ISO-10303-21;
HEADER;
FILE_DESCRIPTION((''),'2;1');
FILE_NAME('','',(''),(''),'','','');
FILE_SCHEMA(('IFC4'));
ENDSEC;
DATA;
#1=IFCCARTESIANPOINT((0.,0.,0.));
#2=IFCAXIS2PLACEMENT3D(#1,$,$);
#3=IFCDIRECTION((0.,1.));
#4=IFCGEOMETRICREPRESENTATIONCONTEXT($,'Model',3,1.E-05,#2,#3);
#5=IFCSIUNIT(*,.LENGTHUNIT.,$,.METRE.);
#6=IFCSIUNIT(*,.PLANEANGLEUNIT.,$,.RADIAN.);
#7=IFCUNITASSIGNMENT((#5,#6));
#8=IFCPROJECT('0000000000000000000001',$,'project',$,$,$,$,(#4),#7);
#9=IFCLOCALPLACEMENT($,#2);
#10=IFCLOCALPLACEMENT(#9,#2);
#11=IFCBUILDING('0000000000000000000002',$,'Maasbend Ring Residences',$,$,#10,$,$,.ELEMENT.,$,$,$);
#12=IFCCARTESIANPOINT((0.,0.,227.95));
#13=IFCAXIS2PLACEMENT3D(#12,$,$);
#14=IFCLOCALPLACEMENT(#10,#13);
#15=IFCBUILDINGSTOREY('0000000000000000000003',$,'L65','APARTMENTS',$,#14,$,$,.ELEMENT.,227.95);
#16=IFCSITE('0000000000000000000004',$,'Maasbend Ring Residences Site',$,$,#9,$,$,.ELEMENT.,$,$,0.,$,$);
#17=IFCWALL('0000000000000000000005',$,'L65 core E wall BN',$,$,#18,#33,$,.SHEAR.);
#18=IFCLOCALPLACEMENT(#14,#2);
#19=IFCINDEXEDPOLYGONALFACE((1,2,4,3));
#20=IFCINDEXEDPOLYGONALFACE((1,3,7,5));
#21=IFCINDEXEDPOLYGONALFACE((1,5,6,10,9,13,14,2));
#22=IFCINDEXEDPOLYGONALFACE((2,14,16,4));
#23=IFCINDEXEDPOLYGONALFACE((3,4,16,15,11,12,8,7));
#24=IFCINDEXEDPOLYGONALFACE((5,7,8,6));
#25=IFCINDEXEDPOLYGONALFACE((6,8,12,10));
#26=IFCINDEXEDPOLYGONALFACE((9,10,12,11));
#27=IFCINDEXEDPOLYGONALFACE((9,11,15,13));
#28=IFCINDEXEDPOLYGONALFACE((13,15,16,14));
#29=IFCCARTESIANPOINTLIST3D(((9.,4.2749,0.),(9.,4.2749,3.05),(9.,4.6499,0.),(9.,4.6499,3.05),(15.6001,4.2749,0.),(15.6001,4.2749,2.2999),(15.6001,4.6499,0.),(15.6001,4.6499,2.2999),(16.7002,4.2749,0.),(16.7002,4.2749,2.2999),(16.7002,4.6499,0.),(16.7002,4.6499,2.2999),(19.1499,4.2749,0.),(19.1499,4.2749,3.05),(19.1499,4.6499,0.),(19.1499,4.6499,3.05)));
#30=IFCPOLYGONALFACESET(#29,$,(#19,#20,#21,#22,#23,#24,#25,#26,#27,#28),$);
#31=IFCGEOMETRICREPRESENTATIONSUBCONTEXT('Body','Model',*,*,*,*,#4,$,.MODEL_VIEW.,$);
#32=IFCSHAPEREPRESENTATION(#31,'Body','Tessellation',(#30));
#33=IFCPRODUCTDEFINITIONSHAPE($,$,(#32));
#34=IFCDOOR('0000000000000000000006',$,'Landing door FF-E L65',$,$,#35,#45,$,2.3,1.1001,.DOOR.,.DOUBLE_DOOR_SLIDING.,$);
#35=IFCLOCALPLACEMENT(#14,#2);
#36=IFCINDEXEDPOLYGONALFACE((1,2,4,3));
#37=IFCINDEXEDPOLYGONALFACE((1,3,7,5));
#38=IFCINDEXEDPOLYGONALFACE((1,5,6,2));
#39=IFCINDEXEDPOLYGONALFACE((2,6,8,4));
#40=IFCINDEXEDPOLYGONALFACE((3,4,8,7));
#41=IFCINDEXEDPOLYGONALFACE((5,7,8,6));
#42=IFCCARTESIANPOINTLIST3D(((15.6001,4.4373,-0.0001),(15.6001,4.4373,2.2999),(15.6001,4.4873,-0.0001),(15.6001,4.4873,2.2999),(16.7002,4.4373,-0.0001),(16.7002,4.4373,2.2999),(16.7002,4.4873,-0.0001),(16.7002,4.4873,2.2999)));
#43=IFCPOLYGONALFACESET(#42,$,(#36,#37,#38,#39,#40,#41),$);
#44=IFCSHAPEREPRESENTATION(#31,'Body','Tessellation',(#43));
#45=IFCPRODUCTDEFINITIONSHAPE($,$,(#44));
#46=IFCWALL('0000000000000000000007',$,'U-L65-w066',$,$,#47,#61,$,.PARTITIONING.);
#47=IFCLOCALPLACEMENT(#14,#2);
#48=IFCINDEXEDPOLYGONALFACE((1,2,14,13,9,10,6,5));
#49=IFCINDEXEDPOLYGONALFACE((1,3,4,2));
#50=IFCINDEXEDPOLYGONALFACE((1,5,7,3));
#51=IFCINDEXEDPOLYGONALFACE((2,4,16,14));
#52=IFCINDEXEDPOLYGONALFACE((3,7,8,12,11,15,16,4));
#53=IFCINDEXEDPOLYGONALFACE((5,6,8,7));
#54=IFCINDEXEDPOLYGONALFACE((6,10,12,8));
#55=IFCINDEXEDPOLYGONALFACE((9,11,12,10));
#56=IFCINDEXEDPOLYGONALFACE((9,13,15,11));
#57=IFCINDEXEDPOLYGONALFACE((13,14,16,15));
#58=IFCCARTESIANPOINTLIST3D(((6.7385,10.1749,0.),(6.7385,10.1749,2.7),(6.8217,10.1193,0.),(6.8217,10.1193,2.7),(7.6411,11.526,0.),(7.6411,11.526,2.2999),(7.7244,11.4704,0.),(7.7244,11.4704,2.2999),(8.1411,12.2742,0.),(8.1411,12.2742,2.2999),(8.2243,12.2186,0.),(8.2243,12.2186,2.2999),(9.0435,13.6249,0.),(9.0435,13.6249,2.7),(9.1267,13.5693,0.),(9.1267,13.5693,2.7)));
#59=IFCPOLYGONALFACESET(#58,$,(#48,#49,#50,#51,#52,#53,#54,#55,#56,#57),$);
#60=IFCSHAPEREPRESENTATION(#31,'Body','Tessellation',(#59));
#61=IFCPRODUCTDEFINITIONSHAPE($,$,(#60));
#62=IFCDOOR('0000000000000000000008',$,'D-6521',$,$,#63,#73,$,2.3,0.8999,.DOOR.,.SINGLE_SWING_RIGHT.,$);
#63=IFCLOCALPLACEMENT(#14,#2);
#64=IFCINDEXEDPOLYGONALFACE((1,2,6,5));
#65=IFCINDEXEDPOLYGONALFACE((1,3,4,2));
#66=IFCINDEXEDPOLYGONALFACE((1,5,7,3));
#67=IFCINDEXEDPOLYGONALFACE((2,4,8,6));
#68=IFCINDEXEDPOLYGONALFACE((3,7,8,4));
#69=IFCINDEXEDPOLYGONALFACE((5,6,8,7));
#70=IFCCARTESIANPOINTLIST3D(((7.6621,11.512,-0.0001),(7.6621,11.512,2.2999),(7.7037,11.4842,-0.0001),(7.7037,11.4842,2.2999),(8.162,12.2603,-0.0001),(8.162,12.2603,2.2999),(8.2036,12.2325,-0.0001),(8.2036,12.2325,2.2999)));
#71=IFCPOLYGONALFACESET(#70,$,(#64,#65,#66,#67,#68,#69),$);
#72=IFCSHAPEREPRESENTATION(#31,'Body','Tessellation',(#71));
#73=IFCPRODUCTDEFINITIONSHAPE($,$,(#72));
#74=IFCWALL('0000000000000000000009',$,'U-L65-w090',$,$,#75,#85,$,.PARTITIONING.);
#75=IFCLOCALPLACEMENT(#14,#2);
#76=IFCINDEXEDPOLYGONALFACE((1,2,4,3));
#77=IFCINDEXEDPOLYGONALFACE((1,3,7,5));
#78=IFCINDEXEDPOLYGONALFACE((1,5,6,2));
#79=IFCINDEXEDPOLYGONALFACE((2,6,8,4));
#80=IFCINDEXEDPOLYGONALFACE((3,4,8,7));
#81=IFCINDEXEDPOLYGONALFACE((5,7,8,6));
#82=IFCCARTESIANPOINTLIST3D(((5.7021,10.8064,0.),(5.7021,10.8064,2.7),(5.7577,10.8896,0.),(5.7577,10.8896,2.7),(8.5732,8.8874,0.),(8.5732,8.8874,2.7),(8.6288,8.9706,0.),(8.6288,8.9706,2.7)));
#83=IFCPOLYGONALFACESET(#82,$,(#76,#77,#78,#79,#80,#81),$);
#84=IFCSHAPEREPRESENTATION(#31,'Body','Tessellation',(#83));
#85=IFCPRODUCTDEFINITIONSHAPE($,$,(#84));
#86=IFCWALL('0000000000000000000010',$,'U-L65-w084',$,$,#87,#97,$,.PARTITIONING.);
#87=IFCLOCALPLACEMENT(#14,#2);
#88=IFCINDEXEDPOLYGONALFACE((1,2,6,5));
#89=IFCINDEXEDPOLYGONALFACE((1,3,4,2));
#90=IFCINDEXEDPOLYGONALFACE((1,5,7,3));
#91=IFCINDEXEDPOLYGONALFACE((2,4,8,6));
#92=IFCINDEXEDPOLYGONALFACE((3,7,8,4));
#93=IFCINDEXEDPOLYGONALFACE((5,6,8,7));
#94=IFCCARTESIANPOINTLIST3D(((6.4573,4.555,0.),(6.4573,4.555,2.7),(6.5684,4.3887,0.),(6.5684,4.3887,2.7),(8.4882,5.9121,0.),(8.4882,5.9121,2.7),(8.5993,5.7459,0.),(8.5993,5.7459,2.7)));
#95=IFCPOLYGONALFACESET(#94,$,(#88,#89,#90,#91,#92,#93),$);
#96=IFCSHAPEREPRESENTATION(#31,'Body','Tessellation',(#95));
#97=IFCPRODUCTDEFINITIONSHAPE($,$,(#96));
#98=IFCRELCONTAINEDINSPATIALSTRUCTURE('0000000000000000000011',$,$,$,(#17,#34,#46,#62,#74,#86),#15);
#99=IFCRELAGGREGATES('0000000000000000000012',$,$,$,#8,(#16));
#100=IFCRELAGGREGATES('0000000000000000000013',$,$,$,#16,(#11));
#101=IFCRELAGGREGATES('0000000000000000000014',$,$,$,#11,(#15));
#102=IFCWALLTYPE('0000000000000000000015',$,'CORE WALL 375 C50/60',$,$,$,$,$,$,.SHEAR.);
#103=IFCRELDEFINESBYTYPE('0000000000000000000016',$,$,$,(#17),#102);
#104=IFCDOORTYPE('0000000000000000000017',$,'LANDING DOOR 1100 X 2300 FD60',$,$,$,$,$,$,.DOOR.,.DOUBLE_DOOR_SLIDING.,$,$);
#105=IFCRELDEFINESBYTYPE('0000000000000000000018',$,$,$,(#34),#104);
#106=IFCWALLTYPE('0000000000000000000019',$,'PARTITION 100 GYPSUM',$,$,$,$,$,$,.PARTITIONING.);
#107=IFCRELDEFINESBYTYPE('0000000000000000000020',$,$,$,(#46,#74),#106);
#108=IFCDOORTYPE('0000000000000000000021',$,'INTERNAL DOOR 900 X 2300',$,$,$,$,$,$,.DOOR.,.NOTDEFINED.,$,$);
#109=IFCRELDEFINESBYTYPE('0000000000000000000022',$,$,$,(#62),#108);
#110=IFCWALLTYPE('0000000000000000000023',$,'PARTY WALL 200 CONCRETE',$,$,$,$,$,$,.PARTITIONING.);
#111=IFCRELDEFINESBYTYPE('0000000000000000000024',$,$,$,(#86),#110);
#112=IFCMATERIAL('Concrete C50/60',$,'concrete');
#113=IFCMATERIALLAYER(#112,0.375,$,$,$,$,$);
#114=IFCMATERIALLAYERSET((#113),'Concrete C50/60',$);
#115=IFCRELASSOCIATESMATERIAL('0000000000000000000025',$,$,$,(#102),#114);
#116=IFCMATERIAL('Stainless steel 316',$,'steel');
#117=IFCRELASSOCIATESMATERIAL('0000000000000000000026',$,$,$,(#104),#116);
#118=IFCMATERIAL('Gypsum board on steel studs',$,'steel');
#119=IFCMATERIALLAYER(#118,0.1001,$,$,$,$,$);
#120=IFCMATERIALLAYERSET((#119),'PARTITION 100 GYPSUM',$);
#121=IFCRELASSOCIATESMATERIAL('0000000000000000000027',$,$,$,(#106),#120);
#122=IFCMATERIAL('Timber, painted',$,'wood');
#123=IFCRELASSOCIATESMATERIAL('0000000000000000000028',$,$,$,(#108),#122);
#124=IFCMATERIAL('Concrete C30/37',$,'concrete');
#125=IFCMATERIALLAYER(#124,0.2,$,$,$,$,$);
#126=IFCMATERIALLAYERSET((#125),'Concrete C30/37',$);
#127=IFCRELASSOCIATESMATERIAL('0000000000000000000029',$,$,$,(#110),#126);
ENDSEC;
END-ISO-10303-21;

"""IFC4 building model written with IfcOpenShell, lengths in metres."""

from ifc_helpers import new_model, si_unit, direction, frame, frame_2d, origin, place, context, subcontext, project, spatial, rectangle, extrude, material, layer, layer_set, type_object, element, fill, save


model = new_model("IFC4")

# Units and contexts
model_context = context("Model", 3, precision=1e-05, world=origin(), true_north=direction((0.0, 1.0)))
body_context = subcontext(model_context, "Body", "Model", "MODEL_VIEW")
ifc_project = project(units=[si_unit("LENGTHUNIT", "METRE"), si_unit("PLANEANGLEUNIT", "RADIAN")], contexts=[model_context])

# Site, building, storey
site_placement = place(None, origin())
site = spatial("IfcSite", under=ifc_project, at=site_placement, Name="Maasbend Ring Residences Site", CompositionType="ELEMENT", RefElevation=0.0)
building_placement = place(site_placement, origin())
building = spatial("IfcBuilding", under=site, at=building_placement, Name="Maasbend Ring Residences", CompositionType="ELEMENT")
storey_placement = place(building_placement, frame((0.0, 0.0, 227.95)))
storey = spatial("IfcBuildingStorey", under=building, at=storey_placement, Name="L65", Description="APARTMENTS", CompositionType="ELEMENT", Elevation=227.95)

# Walls, openings, doors
ifc_material_1 = material(Name="Concrete C50/60", Category="concrete")
ifc_layer_1 = layer(ifc_material_1, 0.375)
ifc_layer_set_1 = layer_set([ifc_layer_1], Name="Concrete C50/60")
wall_type_1 = type_object("IfcWallType", Name="CORE WALL 375 C50/60", PredefinedType="SHEAR", material=ifc_layer_set_1)
wall_1_placement = place(storey_placement, frame((9.0, 4.4624, 0.0), z_axis=(0.0, 0.0, 1.0), x_axis=(1.0, 0.0, 0.0)))
wall_1 = element("IfcWall", 1, at=wall_1_placement, inside=storey, type_object=wall_type_1, Name="L65 core E wall BN", PredefinedType="SHEAR", context=body_context, shape_type="SweptSolid", body=[
    extrude(rectangle(XDim=10.1499, YDim=0.375, at=frame_2d((5.075, 0.0))), origin(), (0.0, 0.0, 1.0), 3.05),
])
opening_1_placement = place(wall_1_placement, frame((6.6001, 0.0, 0.0)))
opening_1 = element("IfcOpeningElement", 2, at=opening_1_placement, cuts=wall_1, PredefinedType="OPENING", context=body_context, shape_type="SweptSolid", body=[
    extrude(rectangle(XDim=1.1001, YDim=2.3, at=frame_2d((0.55, 1.1499))), frame((0.0, 0.1975, 0.0), z_axis=(0.0, -1.0, 0.0), x_axis=(1.0, 0.0, 0.0)), (0.0, 0.0, 1.0), 0.395),
])
ifc_material_2 = material(Name="Stainless steel 316", Category="steel")
door_type_1 = type_object("IfcDoorType", Name="LANDING DOOR 1100 X 2300 FD60", OperationType="DOUBLE_DOOR_SLIDING", PredefinedType="DOOR", material=ifc_material_2)
door_1_placement = place(opening_1_placement, origin())
door_1 = element("IfcDoor", 3, at=door_1_placement, inside=storey, type_object=door_type_1, Name="Landing door FF-E L65", OperationType="DOUBLE_DOOR_SLIDING", OverallHeight=2.3, OverallWidth=1.1001, PredefinedType="DOOR", context=body_context, shape_type="SweptSolid", body=[
    extrude(rectangle(XDim=1.1001, YDim=2.3, at=frame_2d((0.55, 1.1499))), frame((0.0, 0.0249, 0.0), z_axis=(0.0, -1.0, 0.0), x_axis=(1.0, 0.0, 0.0)), (0.0, 0.0, 1.0), 0.05),
])
fill(opening_1, door_1)
ifc_material_3 = material(Name="Gypsum board on steel studs", Category="steel")
ifc_layer_2 = layer(ifc_material_3, 0.1001)
ifc_layer_set_2 = layer_set([ifc_layer_2], Name="PARTITION 100 GYPSUM")
wall_type_2 = type_object("IfcWallType", Name="PARTITION 100 GYPSUM", PredefinedType="PARTITIONING", material=ifc_layer_set_2)
wall_2_placement = place(storey_placement, frame((6.78, 10.147, 0.0), z_axis=(0.0, 0.0, 1.0), x_axis=(0.555528, 0.831498, 0.0)))
wall_2 = element("IfcWall", 4, at=wall_2_placement, inside=storey, type_object=wall_type_2, Name="U-L65-w066", PredefinedType="PARTITIONING", context=body_context, shape_type="SweptSolid", body=[
    extrude(rectangle(XDim=4.1492, YDim=0.1001, at=frame_2d((2.0747, 0.0))), origin(), (0.0, 0.0, 1.0), 2.7),
])
opening_2_placement = place(wall_2_placement, frame((1.625, 0.0, 0.0)))
opening_2 = element("IfcOpeningElement", 5, at=opening_2_placement, cuts=wall_2, PredefinedType="OPENING", context=body_context, shape_type="SweptSolid", body=[
    extrude(rectangle(XDim=0.8999, YDim=2.3, at=frame_2d((0.45, 1.1499))), frame((0.0, 0.0601, 0.0), z_axis=(0.0, -1.0, 0.0), x_axis=(1.0, 0.0, 0.0)), (0.0, 0.0, 1.0), 0.1201),
])
ifc_material_4 = material(Name="Timber, painted", Category="wood")
door_type_2 = type_object("IfcDoorType", Name="INTERNAL DOOR 900 X 2300", OperationType="NOTDEFINED", PredefinedType="DOOR", material=ifc_material_4)
door_2_placement = place(opening_2_placement, origin())
door_2 = element("IfcDoor", 6, at=door_2_placement, inside=storey, type_object=door_type_2, Name="D-6521", OperationType="SINGLE_SWING_RIGHT", OverallHeight=2.3, OverallWidth=0.8999, PredefinedType="DOOR", context=body_context, shape_type="SweptSolid", body=[
    extrude(rectangle(XDim=0.8999, YDim=2.3, at=frame_2d((0.45, 1.1499))), frame((0.0, 0.0249, 0.0), z_axis=(0.0, -1.0, 0.0), x_axis=(1.0, 0.0, 0.0)), (0.0, 0.0, 1.0), 0.05),
])
fill(opening_2, door_2)

# Walls
wall_3_placement = place(storey_placement, frame((5.73, 10.8479, 0.0), z_axis=(0.0, 0.0, 1.0), x_axis=(0.831397, -0.555679, 0.0)))
element("IfcWall", 7, at=wall_3_placement, inside=storey, type_object=wall_type_2, Name="U-L65-w090", PredefinedType="PARTITIONING", context=body_context, shape_type="SweptSolid", body=[
    extrude(rectangle(XDim=3.4534, YDim=0.1001, at=frame_2d((1.7266, 0.0))), origin(), (0.0, 0.0, 1.0), 2.7),
])
ifc_material_5 = material(Name="Concrete C30/37", Category="concrete")
ifc_layer_3 = layer(ifc_material_5, 0.2)
ifc_layer_set_3 = layer_set([ifc_layer_3], Name="Concrete C30/37")
wall_type_3 = type_object("IfcWallType", Name="PARTY WALL 200 CONCRETE", PredefinedType="PARTITIONING", material=ifc_layer_set_3)
wall_4_placement = place(storey_placement, frame((6.5129, 4.4719, 0.0), z_axis=(0.0, 0.0, 1.0), x_axis=(0.83145, 0.555599, 0.0)))
element("IfcWall", 8, at=wall_4_placement, inside=storey, type_object=wall_type_3, Name="U-L65-w084", PredefinedType="PARTITIONING", context=body_context, shape_type="SweptSolid", body=[
    extrude(rectangle(XDim=2.4426, YDim=0.2, at=frame_2d((1.2212, 0.0))), origin(), (0.0, 0.0, 1.0), 2.7),
])

save(model, "model.ifc")
